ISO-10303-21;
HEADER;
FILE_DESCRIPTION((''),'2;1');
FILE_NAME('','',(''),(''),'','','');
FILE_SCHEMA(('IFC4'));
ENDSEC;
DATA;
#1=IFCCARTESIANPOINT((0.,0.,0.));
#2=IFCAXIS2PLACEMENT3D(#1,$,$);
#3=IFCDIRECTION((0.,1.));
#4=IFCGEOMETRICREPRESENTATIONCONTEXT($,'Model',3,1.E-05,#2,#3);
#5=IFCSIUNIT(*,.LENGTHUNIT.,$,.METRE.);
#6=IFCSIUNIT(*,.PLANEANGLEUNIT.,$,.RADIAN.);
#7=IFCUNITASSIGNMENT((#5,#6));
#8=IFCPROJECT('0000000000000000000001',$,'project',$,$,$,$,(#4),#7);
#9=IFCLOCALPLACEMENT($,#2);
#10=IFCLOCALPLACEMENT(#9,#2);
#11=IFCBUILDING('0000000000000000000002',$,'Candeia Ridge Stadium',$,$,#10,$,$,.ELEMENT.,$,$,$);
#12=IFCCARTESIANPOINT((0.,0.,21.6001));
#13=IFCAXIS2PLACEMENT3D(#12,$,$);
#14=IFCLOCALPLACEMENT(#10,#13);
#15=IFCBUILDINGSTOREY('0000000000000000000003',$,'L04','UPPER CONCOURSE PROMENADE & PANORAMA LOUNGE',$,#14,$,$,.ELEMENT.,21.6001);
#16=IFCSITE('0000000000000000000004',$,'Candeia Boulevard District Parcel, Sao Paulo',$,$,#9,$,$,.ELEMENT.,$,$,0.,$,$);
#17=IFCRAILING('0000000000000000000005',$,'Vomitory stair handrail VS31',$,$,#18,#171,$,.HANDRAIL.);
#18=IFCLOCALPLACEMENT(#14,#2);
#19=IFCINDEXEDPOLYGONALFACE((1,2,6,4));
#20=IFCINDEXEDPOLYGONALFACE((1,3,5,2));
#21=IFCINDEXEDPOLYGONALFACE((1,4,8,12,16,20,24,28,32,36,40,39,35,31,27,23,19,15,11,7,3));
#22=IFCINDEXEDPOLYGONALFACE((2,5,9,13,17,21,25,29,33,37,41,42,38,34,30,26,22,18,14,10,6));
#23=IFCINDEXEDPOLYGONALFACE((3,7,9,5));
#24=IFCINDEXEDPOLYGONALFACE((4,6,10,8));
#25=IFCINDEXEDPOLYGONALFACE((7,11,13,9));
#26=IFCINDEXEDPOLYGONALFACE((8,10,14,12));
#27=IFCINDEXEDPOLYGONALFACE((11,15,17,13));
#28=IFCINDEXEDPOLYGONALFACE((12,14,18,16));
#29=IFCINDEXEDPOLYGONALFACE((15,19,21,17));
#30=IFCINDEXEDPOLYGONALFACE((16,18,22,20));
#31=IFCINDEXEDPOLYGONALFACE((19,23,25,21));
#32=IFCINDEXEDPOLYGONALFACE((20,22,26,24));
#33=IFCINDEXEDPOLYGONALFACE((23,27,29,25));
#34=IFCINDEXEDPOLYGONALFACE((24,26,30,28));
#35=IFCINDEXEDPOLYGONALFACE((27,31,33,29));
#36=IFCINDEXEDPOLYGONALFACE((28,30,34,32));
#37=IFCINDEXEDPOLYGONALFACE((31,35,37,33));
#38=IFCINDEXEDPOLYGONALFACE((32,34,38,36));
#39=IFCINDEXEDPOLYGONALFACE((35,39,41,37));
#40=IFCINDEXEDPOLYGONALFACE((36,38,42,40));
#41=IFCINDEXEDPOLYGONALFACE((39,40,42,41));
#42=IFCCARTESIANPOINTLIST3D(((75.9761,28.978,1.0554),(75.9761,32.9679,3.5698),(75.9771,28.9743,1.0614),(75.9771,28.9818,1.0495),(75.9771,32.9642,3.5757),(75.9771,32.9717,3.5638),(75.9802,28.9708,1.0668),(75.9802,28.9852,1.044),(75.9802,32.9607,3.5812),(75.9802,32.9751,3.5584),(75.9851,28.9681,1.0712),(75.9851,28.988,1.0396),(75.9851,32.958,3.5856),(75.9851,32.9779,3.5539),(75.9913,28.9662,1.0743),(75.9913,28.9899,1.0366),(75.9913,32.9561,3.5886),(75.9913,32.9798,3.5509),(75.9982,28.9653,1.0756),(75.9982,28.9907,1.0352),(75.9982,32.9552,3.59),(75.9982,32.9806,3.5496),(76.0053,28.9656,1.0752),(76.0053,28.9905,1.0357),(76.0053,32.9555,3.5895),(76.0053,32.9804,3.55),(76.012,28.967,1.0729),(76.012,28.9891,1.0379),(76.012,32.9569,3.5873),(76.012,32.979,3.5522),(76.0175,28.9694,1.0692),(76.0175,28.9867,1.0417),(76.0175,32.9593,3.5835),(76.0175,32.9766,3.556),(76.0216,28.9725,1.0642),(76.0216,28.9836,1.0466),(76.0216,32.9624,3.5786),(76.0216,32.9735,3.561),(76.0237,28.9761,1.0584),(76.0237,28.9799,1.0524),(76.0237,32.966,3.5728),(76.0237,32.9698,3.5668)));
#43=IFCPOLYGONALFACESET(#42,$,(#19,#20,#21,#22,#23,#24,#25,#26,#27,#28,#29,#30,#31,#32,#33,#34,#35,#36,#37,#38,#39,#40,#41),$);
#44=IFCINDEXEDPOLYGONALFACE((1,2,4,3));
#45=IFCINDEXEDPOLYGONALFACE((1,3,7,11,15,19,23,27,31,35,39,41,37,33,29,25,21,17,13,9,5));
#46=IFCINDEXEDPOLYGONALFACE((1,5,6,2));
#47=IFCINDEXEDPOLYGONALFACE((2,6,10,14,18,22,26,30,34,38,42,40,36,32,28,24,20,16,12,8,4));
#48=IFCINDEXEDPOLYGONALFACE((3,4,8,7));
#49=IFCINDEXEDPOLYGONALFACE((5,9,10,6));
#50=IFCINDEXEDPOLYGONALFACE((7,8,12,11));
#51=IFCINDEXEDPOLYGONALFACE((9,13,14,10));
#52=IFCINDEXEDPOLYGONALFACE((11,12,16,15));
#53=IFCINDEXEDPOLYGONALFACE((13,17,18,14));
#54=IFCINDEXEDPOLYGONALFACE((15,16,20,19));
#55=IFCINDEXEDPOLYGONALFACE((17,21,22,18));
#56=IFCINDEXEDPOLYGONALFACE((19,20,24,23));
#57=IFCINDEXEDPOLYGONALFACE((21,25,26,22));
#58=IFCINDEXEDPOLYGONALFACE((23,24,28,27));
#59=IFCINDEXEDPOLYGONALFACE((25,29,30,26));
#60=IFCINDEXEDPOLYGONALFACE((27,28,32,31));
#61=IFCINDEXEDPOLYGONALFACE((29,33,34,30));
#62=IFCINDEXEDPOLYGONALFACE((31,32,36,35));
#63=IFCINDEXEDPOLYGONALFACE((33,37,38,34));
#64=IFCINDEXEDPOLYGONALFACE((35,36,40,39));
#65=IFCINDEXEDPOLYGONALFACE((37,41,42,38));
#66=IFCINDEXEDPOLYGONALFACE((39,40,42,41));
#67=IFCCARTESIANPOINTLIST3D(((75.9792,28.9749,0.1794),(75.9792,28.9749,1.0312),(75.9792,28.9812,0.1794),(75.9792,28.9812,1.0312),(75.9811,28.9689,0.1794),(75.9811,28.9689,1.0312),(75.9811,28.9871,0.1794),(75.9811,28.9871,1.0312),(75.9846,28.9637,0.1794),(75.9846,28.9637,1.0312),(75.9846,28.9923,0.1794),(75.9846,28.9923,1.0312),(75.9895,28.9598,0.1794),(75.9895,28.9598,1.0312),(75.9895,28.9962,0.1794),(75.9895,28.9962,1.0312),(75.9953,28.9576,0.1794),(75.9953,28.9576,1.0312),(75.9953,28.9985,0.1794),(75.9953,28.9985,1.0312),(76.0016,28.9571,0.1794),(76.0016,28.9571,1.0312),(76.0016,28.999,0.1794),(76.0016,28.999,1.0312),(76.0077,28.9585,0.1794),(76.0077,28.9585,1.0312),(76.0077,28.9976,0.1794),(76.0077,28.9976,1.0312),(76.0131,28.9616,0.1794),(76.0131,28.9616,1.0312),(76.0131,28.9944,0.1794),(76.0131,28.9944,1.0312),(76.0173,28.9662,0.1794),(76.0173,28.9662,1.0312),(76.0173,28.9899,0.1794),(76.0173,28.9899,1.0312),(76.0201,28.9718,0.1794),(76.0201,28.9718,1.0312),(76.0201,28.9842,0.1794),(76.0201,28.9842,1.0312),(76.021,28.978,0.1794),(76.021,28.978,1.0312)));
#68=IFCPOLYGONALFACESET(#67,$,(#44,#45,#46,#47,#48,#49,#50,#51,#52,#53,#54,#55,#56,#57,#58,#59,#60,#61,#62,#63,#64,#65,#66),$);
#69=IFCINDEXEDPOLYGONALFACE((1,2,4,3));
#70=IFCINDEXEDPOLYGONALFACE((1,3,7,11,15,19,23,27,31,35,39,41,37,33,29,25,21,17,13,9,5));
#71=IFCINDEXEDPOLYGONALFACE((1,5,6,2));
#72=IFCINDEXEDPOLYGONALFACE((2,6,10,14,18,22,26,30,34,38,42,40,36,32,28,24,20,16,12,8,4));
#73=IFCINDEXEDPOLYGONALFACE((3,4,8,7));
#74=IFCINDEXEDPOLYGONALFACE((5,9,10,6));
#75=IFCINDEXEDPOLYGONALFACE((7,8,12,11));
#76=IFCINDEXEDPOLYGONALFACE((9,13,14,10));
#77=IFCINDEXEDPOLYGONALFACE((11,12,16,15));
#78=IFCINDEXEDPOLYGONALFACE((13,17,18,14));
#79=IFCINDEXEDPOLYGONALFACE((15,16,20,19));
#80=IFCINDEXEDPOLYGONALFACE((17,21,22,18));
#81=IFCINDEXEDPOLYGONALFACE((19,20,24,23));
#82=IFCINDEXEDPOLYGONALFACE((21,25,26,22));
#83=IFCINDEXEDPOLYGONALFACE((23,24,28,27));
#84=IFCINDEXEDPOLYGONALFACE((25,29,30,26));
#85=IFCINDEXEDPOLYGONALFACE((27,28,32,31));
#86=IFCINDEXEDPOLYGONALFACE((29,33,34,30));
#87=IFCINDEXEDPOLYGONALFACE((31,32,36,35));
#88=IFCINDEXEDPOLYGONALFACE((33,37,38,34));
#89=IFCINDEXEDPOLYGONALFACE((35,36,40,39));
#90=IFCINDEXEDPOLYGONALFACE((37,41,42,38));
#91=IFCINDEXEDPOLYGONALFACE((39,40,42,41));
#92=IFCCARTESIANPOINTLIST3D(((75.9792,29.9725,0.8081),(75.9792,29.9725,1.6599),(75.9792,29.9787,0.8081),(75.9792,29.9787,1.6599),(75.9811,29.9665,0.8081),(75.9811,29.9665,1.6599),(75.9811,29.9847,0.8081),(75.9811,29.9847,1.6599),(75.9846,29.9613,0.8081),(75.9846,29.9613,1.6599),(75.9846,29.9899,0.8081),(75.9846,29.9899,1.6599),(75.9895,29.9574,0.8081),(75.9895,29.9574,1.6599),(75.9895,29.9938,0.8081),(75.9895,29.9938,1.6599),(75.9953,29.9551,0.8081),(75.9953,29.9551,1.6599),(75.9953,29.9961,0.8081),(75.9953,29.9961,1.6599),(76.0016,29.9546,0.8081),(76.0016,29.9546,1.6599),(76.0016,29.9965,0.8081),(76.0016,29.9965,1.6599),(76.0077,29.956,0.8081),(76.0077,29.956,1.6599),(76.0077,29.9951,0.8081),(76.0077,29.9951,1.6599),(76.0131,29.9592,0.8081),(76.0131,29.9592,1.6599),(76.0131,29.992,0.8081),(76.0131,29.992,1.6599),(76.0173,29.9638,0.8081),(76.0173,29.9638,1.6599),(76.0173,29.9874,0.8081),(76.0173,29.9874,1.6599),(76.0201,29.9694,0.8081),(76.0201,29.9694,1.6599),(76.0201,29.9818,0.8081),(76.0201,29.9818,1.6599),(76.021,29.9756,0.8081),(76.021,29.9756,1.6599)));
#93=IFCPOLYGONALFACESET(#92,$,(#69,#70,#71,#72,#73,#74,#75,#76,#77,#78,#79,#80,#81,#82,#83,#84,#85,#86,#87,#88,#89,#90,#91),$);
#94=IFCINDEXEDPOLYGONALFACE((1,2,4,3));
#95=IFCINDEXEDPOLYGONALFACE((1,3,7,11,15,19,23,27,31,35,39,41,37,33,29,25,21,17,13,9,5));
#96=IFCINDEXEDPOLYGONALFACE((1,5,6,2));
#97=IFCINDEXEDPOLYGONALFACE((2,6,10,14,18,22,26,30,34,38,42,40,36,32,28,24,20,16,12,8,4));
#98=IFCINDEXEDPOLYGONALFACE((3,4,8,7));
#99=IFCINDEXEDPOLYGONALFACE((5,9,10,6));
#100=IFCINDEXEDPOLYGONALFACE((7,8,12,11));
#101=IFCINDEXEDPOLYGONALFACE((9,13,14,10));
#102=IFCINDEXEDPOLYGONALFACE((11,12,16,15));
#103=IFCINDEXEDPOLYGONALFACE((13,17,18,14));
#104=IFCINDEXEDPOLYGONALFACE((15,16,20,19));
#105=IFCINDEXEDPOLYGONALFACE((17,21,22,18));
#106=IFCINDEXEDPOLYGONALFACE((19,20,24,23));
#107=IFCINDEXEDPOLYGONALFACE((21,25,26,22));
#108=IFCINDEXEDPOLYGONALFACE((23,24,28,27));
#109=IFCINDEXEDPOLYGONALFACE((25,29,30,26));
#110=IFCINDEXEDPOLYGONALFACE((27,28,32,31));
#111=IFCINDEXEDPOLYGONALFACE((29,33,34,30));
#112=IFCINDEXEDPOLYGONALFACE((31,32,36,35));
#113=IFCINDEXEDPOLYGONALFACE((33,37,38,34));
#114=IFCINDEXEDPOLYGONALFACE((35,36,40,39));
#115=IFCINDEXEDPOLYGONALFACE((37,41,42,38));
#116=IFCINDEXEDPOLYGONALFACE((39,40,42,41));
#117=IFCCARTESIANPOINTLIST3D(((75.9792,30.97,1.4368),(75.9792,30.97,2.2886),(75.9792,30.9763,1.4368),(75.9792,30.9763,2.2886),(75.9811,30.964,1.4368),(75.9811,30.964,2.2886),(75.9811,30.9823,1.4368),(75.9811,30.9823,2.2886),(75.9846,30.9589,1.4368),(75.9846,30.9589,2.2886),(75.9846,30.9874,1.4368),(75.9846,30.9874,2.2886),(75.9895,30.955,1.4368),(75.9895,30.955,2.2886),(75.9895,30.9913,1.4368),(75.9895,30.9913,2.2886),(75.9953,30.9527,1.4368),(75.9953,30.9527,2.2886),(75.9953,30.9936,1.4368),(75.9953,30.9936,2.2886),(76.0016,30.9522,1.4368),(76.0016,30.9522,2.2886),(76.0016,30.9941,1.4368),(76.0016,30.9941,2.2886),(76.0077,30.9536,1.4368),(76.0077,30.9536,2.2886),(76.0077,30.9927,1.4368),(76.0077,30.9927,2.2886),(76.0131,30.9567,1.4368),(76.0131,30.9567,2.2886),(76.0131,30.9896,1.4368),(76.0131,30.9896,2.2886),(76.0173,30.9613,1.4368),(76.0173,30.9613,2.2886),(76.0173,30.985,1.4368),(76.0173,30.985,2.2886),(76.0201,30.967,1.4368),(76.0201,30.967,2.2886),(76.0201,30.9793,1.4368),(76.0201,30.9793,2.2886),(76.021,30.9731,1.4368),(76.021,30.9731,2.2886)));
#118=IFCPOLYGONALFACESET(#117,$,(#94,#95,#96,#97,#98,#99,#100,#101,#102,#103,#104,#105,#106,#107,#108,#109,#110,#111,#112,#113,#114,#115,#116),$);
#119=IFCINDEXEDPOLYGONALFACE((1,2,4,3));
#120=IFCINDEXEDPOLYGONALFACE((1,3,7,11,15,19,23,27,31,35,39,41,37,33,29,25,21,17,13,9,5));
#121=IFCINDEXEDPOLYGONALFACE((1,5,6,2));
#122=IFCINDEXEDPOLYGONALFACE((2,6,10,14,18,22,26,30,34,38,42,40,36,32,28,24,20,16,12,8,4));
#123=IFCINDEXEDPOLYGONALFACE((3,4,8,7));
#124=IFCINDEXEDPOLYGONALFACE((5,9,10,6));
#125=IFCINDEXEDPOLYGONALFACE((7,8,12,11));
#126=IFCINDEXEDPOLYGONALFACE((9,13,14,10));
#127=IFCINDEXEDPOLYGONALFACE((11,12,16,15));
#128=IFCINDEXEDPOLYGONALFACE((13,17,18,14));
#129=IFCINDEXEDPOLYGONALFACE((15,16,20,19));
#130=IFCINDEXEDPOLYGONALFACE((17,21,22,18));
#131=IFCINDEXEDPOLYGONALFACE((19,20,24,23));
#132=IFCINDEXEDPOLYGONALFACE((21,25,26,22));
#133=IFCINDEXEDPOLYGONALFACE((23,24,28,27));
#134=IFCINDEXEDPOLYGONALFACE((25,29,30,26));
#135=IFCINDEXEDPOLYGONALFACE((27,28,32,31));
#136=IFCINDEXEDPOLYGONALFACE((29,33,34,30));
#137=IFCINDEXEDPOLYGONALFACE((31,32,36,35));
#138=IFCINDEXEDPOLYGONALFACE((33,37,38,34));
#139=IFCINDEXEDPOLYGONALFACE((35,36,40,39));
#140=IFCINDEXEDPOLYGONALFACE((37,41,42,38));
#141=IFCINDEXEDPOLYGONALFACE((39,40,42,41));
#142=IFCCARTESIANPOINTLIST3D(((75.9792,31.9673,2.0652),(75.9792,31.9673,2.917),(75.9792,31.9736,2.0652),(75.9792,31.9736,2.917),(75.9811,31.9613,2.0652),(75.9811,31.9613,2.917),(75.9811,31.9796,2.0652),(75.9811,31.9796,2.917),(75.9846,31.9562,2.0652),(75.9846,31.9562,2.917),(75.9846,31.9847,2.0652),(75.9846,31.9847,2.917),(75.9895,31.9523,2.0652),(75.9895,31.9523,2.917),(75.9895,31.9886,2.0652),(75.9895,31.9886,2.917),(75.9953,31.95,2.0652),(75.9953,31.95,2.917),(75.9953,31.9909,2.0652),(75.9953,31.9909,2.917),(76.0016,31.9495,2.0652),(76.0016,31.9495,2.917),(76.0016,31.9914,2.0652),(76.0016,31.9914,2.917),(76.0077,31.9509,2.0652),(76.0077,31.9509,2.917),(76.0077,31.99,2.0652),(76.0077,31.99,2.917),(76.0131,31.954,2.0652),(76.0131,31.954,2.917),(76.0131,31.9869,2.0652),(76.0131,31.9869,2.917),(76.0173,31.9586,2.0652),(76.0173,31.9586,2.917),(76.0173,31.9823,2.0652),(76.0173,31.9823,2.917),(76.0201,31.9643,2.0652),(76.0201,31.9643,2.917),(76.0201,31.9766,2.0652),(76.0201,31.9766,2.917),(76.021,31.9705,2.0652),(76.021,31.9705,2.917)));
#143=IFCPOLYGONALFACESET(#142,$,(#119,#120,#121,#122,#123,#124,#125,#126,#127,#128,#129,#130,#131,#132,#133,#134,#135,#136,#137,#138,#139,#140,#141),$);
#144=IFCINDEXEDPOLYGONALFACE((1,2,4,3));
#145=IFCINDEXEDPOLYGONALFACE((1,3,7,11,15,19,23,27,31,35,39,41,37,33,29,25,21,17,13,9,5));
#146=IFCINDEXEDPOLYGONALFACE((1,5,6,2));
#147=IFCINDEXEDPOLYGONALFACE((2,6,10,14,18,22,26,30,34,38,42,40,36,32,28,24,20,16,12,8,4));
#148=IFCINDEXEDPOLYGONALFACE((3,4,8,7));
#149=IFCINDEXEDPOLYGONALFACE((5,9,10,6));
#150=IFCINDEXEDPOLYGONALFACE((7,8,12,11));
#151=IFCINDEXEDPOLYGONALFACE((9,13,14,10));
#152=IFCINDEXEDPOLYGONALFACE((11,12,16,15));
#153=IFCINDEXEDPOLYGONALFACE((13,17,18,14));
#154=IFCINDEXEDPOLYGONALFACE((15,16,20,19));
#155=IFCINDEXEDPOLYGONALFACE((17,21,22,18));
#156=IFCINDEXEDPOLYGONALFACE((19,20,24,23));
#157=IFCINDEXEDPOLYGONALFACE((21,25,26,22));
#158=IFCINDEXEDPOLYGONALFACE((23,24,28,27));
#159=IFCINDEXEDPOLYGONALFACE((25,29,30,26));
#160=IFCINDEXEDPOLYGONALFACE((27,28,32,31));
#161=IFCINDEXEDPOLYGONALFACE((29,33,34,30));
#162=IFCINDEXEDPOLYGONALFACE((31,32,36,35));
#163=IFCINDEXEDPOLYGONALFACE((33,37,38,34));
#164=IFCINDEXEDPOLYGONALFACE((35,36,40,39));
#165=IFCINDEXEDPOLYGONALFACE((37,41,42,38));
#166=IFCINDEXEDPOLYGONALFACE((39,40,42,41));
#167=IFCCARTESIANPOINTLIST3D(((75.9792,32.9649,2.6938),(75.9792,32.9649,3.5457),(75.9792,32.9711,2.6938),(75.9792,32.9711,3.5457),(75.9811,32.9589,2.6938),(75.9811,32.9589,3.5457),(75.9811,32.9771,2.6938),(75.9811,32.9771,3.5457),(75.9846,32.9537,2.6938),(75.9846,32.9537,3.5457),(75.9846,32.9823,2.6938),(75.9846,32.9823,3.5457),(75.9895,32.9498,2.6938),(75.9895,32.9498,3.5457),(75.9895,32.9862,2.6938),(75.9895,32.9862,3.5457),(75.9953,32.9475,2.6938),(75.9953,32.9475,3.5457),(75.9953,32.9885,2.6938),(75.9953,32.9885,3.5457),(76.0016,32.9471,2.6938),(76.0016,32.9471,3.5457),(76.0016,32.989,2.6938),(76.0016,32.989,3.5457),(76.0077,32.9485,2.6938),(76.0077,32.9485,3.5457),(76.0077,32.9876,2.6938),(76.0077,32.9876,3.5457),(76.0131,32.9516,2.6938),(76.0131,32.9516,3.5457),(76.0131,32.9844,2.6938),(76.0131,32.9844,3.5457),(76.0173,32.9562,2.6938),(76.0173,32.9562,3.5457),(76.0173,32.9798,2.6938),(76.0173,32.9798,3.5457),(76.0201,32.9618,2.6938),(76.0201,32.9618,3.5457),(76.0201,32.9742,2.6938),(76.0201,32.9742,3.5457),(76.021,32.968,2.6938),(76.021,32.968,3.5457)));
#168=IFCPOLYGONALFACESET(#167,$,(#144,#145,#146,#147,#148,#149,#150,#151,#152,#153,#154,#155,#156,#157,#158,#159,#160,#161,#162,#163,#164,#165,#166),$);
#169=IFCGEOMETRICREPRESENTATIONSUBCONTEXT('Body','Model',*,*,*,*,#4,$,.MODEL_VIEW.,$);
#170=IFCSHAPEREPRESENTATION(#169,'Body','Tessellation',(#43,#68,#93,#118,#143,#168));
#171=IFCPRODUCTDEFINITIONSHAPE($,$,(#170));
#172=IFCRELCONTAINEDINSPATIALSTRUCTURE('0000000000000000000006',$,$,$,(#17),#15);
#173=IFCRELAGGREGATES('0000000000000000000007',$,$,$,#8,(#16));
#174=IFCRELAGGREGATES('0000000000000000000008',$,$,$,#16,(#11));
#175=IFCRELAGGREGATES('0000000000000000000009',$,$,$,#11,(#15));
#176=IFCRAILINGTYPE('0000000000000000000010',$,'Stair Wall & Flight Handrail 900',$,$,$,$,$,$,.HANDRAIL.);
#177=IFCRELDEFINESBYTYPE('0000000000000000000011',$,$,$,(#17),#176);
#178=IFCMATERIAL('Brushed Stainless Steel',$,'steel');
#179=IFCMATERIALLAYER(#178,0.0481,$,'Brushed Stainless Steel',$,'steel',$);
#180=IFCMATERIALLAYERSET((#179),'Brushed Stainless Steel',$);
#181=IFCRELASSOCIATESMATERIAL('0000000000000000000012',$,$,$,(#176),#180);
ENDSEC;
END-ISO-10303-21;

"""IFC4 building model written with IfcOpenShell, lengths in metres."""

from ifc_helpers import new_model, si_unit, direction, frame, origin, origin_2d, place, context, subcontext, project, spatial, circle, extrude, material, layer, layer_set, type_object, element, save


model = new_model("IFC4")

# Units and contexts
model_context = context("Model", 3, precision=1e-05, world=origin(), true_north=direction((0.0, 1.0)))
body_context = subcontext(model_context, "Body", "Model", "MODEL_VIEW")
ifc_project = project(units=[si_unit("LENGTHUNIT", "METRE"), si_unit("PLANEANGLEUNIT", "RADIAN")], contexts=[model_context])

# Site, building, storey
site_placement = place(None, origin())
site = spatial("IfcSite", under=ifc_project, at=site_placement, Name="Candeia Boulevard District Parcel, Sao Paulo", CompositionType="ELEMENT", RefElevation=0.0)
building_placement = place(site_placement, origin())
building = spatial("IfcBuilding", under=site, at=building_placement, Name="Candeia Ridge Stadium", CompositionType="ELEMENT")
storey_placement = place(building_placement, frame((0.0, 0.0, 21.6001)))
storey = spatial("IfcBuildingStorey", under=building, at=storey_placement, Name="L04", Description="UPPER CONCOURSE PROMENADE & PANORAMA LOUNGE", CompositionType="ELEMENT", Elevation=21.6001)

# Railing
ifc_material_1 = material(Name="Brushed Stainless Steel", Category="steel")
ifc_layer_1 = layer(ifc_material_1, 0.0481, Name="Brushed Stainless Steel", Category="steel")
ifc_layer_set_1 = layer_set([ifc_layer_1], Name="Brushed Stainless Steel")
railing_type_1 = type_object("IfcRailingType", Name="Stair Wall & Flight Handrail 900", PredefinedType="HANDRAIL", material=ifc_layer_set_1)
railing_1_placement = place(storey_placement, frame((76.0, 28.978, 0.1794)))
element("IfcRailing", 1, at=railing_1_placement, inside=storey, type_object=railing_type_1, Name="Vomitory stair handrail VS31", PredefinedType="HANDRAIL", context=body_context, shape_type="SweptSolid", body=[
    extrude(circle(Radius=0.0239, at=origin_2d()), frame((0.0, 0.0, 0.876), z_axis=(0.0, 0.846024, 0.533145), x_axis=(-1.0, 0.0, 0.0)), (0.0, 0.0, 1.0), 4.7161),
    extrude(circle(Radius=0.021, at=origin_2d()), origin(), (0.0, 0.0, 1.0), 0.8518),
    extrude(circle(Radius=0.021, at=origin_2d()), frame((0.0, 0.9976, 0.6287)), (0.0, 0.0, 1.0), 0.8518),
    extrude(circle(Radius=0.021, at=origin_2d()), frame((0.0, 1.9951, 1.2573)), (0.0, 0.0, 1.0), 0.8518),
    extrude(circle(Radius=0.021, at=origin_2d()), frame((0.0, 2.9924, 1.8857)), (0.0, 0.0, 1.0), 0.8518),
    extrude(circle(Radius=0.021, at=origin_2d()), frame((0.0, 3.99, 2.5144)), (0.0, 0.0, 1.0), 0.8518),
])

save(model, "model.ifc")
